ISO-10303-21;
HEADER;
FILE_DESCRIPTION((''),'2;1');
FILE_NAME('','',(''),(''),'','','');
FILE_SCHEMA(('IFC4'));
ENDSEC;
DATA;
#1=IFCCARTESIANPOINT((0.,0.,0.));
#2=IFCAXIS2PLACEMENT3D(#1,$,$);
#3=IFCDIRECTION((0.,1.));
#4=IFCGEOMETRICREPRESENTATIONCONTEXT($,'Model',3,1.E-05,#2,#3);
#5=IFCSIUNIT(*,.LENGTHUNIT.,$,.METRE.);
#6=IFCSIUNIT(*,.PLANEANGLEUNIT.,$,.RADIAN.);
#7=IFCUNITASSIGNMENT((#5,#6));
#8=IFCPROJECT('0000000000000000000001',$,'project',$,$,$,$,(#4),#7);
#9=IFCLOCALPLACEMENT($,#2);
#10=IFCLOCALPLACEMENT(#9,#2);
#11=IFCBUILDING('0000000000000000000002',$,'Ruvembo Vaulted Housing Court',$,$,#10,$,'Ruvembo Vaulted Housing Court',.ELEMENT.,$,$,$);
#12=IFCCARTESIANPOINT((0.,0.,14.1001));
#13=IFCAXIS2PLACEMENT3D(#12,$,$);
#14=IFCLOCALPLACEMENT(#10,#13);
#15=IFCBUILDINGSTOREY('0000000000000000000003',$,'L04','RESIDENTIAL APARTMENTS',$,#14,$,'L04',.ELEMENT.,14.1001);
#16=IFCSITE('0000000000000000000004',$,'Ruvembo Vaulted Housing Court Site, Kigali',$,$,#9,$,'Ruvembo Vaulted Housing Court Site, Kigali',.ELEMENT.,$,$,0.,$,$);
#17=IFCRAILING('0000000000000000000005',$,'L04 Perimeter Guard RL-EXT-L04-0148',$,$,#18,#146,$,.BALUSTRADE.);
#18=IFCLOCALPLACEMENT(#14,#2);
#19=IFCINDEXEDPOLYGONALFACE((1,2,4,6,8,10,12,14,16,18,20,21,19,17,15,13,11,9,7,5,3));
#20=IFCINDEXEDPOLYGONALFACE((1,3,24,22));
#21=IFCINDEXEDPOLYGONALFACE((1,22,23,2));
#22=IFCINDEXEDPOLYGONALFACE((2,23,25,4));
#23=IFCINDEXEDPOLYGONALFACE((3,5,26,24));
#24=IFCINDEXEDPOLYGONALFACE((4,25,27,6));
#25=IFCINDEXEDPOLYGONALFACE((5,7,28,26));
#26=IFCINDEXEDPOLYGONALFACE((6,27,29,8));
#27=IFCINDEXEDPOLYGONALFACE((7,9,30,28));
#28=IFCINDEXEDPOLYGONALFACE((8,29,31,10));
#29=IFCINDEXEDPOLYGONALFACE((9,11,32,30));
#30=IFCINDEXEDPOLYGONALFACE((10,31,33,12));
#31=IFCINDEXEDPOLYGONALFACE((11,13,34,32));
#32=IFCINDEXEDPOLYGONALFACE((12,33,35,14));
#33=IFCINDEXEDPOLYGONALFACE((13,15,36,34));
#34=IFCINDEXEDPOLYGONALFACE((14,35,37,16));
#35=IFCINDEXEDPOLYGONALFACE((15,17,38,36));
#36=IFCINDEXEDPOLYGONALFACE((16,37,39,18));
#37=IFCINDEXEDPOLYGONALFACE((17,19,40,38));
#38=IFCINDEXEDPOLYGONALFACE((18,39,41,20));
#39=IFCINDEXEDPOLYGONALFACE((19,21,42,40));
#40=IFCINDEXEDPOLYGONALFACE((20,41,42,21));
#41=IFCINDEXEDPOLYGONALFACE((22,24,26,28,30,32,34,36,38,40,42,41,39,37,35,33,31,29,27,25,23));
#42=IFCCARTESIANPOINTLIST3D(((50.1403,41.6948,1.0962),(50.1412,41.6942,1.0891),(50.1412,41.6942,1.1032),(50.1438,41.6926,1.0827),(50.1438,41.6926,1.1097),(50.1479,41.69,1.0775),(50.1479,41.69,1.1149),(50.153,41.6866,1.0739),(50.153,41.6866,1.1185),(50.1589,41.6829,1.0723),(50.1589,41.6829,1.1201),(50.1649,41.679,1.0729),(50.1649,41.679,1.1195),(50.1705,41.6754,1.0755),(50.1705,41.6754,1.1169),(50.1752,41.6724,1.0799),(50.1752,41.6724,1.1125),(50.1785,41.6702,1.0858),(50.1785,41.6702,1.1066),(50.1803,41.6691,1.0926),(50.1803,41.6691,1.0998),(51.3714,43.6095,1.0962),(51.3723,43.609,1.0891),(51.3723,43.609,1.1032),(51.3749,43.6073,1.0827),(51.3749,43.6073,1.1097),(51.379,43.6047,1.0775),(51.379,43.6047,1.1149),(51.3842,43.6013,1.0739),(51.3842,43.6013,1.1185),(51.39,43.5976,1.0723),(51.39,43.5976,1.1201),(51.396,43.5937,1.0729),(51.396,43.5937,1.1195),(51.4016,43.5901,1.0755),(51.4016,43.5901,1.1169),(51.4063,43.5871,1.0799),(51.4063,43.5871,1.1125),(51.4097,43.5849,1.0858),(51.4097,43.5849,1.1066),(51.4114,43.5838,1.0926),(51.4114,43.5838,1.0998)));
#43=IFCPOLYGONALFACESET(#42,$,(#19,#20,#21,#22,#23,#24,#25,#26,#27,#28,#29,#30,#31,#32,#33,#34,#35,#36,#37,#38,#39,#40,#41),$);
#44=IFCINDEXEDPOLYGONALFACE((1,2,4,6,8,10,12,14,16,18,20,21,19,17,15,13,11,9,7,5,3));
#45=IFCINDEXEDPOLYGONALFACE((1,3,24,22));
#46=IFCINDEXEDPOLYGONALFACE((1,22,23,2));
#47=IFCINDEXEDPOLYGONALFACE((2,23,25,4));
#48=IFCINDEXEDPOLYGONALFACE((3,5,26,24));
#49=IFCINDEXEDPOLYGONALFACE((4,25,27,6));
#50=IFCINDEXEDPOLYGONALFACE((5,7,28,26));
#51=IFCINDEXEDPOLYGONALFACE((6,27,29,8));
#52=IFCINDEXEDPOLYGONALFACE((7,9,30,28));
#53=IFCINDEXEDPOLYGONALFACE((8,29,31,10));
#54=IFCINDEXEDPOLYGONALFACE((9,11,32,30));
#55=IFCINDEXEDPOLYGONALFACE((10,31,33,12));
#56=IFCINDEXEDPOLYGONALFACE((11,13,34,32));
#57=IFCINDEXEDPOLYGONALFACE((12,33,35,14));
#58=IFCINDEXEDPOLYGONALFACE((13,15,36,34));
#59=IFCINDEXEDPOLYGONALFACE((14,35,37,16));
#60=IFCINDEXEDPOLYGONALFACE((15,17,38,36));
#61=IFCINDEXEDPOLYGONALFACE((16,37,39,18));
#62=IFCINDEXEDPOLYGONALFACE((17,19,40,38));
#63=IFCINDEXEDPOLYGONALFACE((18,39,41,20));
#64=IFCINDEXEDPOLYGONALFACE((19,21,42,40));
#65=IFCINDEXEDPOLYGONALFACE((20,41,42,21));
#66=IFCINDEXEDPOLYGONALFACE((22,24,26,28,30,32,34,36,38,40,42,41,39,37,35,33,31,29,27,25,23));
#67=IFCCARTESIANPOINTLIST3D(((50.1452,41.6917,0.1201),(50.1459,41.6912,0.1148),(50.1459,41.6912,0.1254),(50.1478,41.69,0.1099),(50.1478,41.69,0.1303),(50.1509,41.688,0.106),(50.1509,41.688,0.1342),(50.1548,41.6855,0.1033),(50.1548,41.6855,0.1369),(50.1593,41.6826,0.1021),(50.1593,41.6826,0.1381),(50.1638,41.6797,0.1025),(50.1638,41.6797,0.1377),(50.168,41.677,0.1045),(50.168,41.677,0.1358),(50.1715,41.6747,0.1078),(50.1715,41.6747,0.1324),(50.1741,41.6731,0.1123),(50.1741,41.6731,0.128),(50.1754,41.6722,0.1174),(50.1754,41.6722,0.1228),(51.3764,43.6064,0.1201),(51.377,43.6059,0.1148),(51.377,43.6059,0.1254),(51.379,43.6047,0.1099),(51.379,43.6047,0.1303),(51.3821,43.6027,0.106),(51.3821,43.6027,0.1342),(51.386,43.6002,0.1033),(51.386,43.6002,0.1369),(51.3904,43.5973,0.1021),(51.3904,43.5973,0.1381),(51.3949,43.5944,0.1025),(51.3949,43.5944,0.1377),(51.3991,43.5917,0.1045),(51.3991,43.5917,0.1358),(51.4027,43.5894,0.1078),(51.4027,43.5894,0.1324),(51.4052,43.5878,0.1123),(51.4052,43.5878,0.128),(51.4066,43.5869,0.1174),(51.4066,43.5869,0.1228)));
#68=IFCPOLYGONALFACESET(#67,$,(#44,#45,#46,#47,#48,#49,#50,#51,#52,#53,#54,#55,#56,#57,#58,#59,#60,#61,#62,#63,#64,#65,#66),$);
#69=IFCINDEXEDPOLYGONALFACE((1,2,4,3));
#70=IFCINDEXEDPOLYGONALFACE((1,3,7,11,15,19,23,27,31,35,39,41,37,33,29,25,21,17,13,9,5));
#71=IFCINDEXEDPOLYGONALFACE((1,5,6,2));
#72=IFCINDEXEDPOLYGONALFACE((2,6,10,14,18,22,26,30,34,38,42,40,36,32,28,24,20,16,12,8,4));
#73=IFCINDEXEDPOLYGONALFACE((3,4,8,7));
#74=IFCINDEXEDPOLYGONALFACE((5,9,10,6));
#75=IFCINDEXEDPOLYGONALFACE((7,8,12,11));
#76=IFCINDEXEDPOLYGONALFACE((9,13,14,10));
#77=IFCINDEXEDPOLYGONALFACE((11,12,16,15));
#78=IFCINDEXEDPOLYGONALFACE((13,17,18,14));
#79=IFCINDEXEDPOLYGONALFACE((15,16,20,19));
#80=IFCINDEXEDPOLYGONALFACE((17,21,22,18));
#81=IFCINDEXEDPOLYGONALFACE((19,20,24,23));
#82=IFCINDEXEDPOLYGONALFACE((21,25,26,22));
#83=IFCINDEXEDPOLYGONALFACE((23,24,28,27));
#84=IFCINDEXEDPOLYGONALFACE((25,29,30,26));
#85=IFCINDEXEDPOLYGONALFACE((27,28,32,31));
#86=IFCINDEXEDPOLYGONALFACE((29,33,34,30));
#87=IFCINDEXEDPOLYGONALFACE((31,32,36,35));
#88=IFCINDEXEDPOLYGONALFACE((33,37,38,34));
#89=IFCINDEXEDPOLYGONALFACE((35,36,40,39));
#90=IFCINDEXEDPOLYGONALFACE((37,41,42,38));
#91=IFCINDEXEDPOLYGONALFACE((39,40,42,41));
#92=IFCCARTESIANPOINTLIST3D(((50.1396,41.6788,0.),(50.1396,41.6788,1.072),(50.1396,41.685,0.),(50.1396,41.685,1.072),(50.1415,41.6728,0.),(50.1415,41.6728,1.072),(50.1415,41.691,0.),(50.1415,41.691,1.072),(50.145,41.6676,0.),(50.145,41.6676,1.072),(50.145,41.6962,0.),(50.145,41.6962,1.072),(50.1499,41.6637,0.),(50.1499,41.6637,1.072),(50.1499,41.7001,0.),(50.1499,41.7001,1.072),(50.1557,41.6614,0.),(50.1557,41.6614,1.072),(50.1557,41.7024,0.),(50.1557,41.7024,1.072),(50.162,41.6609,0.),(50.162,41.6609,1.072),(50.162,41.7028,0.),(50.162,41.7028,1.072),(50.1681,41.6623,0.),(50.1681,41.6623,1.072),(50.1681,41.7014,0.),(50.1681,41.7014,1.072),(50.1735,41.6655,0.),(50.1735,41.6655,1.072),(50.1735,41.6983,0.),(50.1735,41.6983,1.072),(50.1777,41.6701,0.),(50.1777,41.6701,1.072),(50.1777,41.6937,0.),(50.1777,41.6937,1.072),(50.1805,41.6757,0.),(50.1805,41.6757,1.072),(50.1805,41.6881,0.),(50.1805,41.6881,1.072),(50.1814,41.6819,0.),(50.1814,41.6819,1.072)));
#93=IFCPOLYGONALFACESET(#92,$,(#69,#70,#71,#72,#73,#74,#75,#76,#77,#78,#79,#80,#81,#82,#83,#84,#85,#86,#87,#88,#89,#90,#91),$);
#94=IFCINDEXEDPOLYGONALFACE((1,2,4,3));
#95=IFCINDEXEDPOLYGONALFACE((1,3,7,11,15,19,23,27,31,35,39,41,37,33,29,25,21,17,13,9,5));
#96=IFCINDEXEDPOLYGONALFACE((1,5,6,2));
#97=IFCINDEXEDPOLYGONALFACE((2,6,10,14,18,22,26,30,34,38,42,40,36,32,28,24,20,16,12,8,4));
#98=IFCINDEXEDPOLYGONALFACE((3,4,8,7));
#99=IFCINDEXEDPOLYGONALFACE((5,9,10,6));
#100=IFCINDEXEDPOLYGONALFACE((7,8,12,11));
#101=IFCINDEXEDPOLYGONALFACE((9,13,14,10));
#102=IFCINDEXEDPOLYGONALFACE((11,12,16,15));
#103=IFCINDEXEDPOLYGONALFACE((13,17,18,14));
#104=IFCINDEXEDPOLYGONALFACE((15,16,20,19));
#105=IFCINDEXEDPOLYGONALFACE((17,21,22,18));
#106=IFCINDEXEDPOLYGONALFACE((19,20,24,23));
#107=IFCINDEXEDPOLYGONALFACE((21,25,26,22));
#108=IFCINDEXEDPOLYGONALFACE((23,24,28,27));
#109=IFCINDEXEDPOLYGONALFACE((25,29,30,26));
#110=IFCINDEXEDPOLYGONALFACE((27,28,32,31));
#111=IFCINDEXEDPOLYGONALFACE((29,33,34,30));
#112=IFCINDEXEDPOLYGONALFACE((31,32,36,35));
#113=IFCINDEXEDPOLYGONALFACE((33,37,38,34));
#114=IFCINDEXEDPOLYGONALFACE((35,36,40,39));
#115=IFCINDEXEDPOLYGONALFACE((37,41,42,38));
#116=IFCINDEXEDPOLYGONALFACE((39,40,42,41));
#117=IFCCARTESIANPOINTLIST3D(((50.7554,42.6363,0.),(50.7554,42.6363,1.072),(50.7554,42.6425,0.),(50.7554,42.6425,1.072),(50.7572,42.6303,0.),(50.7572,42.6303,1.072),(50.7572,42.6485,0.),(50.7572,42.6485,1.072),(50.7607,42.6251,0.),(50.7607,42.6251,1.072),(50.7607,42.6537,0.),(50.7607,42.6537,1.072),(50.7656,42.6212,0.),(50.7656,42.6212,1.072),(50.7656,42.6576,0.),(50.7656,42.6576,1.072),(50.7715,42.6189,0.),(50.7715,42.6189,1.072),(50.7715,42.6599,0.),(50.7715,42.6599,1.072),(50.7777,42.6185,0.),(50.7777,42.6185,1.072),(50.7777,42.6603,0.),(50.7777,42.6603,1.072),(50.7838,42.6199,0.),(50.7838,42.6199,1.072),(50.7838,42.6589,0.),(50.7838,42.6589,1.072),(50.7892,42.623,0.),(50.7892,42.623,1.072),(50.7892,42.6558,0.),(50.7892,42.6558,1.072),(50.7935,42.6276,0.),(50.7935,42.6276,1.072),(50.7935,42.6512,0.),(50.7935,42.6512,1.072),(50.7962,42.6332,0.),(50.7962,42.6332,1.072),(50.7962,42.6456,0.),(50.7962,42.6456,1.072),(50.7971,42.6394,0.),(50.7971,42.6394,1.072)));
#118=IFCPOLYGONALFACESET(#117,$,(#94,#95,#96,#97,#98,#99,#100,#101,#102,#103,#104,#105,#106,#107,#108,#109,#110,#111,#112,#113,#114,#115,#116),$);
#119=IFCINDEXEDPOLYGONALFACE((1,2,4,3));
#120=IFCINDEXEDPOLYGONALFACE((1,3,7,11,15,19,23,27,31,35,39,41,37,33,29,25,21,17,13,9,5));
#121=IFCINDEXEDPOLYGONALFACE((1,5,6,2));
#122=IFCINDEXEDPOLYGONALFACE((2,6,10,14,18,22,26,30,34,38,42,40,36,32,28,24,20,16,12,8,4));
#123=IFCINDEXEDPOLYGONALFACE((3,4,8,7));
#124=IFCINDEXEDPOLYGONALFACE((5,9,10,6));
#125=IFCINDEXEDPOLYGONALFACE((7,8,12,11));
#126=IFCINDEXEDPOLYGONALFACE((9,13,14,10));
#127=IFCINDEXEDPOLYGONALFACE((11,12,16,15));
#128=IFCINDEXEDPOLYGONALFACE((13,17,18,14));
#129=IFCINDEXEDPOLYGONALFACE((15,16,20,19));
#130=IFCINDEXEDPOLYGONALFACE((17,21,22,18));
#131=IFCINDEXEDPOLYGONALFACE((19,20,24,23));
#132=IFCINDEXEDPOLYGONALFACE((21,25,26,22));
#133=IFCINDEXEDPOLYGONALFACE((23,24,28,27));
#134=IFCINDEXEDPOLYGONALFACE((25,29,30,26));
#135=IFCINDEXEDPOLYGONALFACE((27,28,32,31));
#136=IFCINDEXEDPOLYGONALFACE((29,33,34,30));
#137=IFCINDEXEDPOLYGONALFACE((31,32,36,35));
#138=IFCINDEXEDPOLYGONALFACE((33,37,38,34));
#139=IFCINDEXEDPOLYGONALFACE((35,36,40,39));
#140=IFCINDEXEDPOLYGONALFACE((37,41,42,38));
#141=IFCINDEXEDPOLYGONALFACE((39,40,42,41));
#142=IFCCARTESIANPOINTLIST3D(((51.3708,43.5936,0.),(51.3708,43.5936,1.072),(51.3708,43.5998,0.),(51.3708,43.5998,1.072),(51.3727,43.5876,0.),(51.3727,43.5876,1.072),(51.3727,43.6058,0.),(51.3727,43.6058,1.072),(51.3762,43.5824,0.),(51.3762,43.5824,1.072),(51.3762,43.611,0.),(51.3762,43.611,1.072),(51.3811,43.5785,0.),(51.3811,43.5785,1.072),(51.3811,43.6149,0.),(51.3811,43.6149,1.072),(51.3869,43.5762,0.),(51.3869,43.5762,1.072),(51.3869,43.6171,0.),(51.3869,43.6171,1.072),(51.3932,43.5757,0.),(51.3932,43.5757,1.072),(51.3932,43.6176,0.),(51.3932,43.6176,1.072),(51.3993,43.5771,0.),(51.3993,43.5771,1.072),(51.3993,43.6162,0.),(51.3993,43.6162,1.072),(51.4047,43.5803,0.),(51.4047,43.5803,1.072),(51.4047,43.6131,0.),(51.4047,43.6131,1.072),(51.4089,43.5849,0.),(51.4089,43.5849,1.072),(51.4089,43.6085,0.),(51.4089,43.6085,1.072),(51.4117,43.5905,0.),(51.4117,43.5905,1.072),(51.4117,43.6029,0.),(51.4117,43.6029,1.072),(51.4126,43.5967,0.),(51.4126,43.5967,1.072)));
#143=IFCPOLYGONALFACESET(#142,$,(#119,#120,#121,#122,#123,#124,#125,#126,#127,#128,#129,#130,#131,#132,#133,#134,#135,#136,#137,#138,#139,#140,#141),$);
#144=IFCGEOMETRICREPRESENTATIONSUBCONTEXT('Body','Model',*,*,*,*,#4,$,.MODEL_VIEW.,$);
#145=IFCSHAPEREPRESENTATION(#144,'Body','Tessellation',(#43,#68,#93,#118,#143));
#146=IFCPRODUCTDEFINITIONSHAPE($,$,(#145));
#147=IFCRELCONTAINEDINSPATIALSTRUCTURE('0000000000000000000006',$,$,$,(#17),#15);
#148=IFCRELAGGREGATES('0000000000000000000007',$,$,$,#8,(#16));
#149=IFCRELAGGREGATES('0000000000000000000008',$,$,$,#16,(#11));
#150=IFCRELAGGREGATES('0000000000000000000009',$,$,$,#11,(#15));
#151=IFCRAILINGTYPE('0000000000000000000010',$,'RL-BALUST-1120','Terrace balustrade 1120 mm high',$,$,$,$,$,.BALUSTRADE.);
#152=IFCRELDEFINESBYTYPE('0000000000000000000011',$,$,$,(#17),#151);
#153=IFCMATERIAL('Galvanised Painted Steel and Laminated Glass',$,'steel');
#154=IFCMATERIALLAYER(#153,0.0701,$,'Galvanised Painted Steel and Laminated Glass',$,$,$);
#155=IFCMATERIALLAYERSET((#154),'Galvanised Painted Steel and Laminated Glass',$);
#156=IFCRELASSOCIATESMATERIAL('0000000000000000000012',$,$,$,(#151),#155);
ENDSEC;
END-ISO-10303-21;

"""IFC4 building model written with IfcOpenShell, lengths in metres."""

from ifc_helpers import new_model, si_unit, direction, frame, origin, origin_2d, place, context, subcontext, project, spatial, circle, extrude, material, layer, layer_set, type_object, element, save


model = new_model("IFC4")

# Units and contexts
model_context = context("Model", 3, precision=1e-05, world=origin(), true_north=direction((0.0, 1.0)))
body_context = subcontext(model_context, "Body", "Model", "MODEL_VIEW")
ifc_project = project(units=[si_unit("LENGTHUNIT", "METRE"), si_unit("PLANEANGLEUNIT", "RADIAN")], contexts=[model_context])

# Site, building, storey
site_placement = place(None, origin())
site = spatial("IfcSite", under=ifc_project, at=site_placement, Name="Ruvembo Vaulted Housing Court Site, Kigali", LongName="Ruvembo Vaulted Housing Court Site, Kigali", CompositionType="ELEMENT", RefElevation=0.0)
building_placement = place(site_placement, origin())
building = spatial("IfcBuilding", under=site, at=building_placement, Name="Ruvembo Vaulted Housing Court", LongName="Ruvembo Vaulted Housing Court", CompositionType="ELEMENT")
storey_placement = place(building_placement, frame((0.0, 0.0, 14.1001)))
storey = spatial("IfcBuildingStorey", under=building, at=storey_placement, Name="L04", Description="RESIDENTIAL APARTMENTS", LongName="L04", CompositionType="ELEMENT", Elevation=14.1001)

# Railing
ifc_material_1 = material(Name="Galvanised Painted Steel and Laminated Glass", Category="steel")
ifc_layer_1 = layer(ifc_material_1, 0.0701, Name="Galvanised Painted Steel and Laminated Glass")
ifc_layer_set_1 = layer_set([ifc_layer_1], Name="Galvanised Painted Steel and Laminated Glass")
railing_type = type_object("IfcRailingType", Name="RL-BALUST-1120", Description="Terrace balustrade 1120 mm high", PredefinedType="BALUSTRADE", material=ifc_layer_set_1)
railing_1_placement = place(storey_placement, frame((50.1604, 41.6819, 0.0)))
element("IfcRailing", 1, at=railing_1_placement, inside=storey, type_object=railing_type, Name="L04 Perimeter Guard RL-EXT-L04-0148", PredefinedType="BALUSTRADE", context=body_context, shape_type="SweptSolid", body=[
    extrude(circle(Radius=0.0239, at=origin_2d()), frame((0.0, 0.0, 1.0962), z_axis=(0.540839, 0.841126, 0.0), x_axis=(-0.841126, 0.540839, 0.0)), (0.0, 0.0, 1.0), 2.2764),
    extrude(circle(Radius=0.0181, at=origin_2d()), frame((0.0, 0.0, 0.1201), z_axis=(0.540839, 0.841126, 0.0), x_axis=(-0.841126, 0.540839, 0.0)), (0.0, 0.0, 1.0), 2.2764),
    extrude(circle(Radius=0.021, at=origin_2d()), origin(), (0.0, 0.0, 1.0), 1.072),
    extrude(circle(Radius=0.021, at=origin_2d()), frame((0.6157, 0.9575, 0.0)), (0.0, 0.0, 1.0), 1.072),
    extrude(circle(Radius=0.021, at=origin_2d()), frame((1.2312, 1.9148, 0.0)), (0.0, 0.0, 1.0), 1.072),
])

save(model, "model.ifc")
